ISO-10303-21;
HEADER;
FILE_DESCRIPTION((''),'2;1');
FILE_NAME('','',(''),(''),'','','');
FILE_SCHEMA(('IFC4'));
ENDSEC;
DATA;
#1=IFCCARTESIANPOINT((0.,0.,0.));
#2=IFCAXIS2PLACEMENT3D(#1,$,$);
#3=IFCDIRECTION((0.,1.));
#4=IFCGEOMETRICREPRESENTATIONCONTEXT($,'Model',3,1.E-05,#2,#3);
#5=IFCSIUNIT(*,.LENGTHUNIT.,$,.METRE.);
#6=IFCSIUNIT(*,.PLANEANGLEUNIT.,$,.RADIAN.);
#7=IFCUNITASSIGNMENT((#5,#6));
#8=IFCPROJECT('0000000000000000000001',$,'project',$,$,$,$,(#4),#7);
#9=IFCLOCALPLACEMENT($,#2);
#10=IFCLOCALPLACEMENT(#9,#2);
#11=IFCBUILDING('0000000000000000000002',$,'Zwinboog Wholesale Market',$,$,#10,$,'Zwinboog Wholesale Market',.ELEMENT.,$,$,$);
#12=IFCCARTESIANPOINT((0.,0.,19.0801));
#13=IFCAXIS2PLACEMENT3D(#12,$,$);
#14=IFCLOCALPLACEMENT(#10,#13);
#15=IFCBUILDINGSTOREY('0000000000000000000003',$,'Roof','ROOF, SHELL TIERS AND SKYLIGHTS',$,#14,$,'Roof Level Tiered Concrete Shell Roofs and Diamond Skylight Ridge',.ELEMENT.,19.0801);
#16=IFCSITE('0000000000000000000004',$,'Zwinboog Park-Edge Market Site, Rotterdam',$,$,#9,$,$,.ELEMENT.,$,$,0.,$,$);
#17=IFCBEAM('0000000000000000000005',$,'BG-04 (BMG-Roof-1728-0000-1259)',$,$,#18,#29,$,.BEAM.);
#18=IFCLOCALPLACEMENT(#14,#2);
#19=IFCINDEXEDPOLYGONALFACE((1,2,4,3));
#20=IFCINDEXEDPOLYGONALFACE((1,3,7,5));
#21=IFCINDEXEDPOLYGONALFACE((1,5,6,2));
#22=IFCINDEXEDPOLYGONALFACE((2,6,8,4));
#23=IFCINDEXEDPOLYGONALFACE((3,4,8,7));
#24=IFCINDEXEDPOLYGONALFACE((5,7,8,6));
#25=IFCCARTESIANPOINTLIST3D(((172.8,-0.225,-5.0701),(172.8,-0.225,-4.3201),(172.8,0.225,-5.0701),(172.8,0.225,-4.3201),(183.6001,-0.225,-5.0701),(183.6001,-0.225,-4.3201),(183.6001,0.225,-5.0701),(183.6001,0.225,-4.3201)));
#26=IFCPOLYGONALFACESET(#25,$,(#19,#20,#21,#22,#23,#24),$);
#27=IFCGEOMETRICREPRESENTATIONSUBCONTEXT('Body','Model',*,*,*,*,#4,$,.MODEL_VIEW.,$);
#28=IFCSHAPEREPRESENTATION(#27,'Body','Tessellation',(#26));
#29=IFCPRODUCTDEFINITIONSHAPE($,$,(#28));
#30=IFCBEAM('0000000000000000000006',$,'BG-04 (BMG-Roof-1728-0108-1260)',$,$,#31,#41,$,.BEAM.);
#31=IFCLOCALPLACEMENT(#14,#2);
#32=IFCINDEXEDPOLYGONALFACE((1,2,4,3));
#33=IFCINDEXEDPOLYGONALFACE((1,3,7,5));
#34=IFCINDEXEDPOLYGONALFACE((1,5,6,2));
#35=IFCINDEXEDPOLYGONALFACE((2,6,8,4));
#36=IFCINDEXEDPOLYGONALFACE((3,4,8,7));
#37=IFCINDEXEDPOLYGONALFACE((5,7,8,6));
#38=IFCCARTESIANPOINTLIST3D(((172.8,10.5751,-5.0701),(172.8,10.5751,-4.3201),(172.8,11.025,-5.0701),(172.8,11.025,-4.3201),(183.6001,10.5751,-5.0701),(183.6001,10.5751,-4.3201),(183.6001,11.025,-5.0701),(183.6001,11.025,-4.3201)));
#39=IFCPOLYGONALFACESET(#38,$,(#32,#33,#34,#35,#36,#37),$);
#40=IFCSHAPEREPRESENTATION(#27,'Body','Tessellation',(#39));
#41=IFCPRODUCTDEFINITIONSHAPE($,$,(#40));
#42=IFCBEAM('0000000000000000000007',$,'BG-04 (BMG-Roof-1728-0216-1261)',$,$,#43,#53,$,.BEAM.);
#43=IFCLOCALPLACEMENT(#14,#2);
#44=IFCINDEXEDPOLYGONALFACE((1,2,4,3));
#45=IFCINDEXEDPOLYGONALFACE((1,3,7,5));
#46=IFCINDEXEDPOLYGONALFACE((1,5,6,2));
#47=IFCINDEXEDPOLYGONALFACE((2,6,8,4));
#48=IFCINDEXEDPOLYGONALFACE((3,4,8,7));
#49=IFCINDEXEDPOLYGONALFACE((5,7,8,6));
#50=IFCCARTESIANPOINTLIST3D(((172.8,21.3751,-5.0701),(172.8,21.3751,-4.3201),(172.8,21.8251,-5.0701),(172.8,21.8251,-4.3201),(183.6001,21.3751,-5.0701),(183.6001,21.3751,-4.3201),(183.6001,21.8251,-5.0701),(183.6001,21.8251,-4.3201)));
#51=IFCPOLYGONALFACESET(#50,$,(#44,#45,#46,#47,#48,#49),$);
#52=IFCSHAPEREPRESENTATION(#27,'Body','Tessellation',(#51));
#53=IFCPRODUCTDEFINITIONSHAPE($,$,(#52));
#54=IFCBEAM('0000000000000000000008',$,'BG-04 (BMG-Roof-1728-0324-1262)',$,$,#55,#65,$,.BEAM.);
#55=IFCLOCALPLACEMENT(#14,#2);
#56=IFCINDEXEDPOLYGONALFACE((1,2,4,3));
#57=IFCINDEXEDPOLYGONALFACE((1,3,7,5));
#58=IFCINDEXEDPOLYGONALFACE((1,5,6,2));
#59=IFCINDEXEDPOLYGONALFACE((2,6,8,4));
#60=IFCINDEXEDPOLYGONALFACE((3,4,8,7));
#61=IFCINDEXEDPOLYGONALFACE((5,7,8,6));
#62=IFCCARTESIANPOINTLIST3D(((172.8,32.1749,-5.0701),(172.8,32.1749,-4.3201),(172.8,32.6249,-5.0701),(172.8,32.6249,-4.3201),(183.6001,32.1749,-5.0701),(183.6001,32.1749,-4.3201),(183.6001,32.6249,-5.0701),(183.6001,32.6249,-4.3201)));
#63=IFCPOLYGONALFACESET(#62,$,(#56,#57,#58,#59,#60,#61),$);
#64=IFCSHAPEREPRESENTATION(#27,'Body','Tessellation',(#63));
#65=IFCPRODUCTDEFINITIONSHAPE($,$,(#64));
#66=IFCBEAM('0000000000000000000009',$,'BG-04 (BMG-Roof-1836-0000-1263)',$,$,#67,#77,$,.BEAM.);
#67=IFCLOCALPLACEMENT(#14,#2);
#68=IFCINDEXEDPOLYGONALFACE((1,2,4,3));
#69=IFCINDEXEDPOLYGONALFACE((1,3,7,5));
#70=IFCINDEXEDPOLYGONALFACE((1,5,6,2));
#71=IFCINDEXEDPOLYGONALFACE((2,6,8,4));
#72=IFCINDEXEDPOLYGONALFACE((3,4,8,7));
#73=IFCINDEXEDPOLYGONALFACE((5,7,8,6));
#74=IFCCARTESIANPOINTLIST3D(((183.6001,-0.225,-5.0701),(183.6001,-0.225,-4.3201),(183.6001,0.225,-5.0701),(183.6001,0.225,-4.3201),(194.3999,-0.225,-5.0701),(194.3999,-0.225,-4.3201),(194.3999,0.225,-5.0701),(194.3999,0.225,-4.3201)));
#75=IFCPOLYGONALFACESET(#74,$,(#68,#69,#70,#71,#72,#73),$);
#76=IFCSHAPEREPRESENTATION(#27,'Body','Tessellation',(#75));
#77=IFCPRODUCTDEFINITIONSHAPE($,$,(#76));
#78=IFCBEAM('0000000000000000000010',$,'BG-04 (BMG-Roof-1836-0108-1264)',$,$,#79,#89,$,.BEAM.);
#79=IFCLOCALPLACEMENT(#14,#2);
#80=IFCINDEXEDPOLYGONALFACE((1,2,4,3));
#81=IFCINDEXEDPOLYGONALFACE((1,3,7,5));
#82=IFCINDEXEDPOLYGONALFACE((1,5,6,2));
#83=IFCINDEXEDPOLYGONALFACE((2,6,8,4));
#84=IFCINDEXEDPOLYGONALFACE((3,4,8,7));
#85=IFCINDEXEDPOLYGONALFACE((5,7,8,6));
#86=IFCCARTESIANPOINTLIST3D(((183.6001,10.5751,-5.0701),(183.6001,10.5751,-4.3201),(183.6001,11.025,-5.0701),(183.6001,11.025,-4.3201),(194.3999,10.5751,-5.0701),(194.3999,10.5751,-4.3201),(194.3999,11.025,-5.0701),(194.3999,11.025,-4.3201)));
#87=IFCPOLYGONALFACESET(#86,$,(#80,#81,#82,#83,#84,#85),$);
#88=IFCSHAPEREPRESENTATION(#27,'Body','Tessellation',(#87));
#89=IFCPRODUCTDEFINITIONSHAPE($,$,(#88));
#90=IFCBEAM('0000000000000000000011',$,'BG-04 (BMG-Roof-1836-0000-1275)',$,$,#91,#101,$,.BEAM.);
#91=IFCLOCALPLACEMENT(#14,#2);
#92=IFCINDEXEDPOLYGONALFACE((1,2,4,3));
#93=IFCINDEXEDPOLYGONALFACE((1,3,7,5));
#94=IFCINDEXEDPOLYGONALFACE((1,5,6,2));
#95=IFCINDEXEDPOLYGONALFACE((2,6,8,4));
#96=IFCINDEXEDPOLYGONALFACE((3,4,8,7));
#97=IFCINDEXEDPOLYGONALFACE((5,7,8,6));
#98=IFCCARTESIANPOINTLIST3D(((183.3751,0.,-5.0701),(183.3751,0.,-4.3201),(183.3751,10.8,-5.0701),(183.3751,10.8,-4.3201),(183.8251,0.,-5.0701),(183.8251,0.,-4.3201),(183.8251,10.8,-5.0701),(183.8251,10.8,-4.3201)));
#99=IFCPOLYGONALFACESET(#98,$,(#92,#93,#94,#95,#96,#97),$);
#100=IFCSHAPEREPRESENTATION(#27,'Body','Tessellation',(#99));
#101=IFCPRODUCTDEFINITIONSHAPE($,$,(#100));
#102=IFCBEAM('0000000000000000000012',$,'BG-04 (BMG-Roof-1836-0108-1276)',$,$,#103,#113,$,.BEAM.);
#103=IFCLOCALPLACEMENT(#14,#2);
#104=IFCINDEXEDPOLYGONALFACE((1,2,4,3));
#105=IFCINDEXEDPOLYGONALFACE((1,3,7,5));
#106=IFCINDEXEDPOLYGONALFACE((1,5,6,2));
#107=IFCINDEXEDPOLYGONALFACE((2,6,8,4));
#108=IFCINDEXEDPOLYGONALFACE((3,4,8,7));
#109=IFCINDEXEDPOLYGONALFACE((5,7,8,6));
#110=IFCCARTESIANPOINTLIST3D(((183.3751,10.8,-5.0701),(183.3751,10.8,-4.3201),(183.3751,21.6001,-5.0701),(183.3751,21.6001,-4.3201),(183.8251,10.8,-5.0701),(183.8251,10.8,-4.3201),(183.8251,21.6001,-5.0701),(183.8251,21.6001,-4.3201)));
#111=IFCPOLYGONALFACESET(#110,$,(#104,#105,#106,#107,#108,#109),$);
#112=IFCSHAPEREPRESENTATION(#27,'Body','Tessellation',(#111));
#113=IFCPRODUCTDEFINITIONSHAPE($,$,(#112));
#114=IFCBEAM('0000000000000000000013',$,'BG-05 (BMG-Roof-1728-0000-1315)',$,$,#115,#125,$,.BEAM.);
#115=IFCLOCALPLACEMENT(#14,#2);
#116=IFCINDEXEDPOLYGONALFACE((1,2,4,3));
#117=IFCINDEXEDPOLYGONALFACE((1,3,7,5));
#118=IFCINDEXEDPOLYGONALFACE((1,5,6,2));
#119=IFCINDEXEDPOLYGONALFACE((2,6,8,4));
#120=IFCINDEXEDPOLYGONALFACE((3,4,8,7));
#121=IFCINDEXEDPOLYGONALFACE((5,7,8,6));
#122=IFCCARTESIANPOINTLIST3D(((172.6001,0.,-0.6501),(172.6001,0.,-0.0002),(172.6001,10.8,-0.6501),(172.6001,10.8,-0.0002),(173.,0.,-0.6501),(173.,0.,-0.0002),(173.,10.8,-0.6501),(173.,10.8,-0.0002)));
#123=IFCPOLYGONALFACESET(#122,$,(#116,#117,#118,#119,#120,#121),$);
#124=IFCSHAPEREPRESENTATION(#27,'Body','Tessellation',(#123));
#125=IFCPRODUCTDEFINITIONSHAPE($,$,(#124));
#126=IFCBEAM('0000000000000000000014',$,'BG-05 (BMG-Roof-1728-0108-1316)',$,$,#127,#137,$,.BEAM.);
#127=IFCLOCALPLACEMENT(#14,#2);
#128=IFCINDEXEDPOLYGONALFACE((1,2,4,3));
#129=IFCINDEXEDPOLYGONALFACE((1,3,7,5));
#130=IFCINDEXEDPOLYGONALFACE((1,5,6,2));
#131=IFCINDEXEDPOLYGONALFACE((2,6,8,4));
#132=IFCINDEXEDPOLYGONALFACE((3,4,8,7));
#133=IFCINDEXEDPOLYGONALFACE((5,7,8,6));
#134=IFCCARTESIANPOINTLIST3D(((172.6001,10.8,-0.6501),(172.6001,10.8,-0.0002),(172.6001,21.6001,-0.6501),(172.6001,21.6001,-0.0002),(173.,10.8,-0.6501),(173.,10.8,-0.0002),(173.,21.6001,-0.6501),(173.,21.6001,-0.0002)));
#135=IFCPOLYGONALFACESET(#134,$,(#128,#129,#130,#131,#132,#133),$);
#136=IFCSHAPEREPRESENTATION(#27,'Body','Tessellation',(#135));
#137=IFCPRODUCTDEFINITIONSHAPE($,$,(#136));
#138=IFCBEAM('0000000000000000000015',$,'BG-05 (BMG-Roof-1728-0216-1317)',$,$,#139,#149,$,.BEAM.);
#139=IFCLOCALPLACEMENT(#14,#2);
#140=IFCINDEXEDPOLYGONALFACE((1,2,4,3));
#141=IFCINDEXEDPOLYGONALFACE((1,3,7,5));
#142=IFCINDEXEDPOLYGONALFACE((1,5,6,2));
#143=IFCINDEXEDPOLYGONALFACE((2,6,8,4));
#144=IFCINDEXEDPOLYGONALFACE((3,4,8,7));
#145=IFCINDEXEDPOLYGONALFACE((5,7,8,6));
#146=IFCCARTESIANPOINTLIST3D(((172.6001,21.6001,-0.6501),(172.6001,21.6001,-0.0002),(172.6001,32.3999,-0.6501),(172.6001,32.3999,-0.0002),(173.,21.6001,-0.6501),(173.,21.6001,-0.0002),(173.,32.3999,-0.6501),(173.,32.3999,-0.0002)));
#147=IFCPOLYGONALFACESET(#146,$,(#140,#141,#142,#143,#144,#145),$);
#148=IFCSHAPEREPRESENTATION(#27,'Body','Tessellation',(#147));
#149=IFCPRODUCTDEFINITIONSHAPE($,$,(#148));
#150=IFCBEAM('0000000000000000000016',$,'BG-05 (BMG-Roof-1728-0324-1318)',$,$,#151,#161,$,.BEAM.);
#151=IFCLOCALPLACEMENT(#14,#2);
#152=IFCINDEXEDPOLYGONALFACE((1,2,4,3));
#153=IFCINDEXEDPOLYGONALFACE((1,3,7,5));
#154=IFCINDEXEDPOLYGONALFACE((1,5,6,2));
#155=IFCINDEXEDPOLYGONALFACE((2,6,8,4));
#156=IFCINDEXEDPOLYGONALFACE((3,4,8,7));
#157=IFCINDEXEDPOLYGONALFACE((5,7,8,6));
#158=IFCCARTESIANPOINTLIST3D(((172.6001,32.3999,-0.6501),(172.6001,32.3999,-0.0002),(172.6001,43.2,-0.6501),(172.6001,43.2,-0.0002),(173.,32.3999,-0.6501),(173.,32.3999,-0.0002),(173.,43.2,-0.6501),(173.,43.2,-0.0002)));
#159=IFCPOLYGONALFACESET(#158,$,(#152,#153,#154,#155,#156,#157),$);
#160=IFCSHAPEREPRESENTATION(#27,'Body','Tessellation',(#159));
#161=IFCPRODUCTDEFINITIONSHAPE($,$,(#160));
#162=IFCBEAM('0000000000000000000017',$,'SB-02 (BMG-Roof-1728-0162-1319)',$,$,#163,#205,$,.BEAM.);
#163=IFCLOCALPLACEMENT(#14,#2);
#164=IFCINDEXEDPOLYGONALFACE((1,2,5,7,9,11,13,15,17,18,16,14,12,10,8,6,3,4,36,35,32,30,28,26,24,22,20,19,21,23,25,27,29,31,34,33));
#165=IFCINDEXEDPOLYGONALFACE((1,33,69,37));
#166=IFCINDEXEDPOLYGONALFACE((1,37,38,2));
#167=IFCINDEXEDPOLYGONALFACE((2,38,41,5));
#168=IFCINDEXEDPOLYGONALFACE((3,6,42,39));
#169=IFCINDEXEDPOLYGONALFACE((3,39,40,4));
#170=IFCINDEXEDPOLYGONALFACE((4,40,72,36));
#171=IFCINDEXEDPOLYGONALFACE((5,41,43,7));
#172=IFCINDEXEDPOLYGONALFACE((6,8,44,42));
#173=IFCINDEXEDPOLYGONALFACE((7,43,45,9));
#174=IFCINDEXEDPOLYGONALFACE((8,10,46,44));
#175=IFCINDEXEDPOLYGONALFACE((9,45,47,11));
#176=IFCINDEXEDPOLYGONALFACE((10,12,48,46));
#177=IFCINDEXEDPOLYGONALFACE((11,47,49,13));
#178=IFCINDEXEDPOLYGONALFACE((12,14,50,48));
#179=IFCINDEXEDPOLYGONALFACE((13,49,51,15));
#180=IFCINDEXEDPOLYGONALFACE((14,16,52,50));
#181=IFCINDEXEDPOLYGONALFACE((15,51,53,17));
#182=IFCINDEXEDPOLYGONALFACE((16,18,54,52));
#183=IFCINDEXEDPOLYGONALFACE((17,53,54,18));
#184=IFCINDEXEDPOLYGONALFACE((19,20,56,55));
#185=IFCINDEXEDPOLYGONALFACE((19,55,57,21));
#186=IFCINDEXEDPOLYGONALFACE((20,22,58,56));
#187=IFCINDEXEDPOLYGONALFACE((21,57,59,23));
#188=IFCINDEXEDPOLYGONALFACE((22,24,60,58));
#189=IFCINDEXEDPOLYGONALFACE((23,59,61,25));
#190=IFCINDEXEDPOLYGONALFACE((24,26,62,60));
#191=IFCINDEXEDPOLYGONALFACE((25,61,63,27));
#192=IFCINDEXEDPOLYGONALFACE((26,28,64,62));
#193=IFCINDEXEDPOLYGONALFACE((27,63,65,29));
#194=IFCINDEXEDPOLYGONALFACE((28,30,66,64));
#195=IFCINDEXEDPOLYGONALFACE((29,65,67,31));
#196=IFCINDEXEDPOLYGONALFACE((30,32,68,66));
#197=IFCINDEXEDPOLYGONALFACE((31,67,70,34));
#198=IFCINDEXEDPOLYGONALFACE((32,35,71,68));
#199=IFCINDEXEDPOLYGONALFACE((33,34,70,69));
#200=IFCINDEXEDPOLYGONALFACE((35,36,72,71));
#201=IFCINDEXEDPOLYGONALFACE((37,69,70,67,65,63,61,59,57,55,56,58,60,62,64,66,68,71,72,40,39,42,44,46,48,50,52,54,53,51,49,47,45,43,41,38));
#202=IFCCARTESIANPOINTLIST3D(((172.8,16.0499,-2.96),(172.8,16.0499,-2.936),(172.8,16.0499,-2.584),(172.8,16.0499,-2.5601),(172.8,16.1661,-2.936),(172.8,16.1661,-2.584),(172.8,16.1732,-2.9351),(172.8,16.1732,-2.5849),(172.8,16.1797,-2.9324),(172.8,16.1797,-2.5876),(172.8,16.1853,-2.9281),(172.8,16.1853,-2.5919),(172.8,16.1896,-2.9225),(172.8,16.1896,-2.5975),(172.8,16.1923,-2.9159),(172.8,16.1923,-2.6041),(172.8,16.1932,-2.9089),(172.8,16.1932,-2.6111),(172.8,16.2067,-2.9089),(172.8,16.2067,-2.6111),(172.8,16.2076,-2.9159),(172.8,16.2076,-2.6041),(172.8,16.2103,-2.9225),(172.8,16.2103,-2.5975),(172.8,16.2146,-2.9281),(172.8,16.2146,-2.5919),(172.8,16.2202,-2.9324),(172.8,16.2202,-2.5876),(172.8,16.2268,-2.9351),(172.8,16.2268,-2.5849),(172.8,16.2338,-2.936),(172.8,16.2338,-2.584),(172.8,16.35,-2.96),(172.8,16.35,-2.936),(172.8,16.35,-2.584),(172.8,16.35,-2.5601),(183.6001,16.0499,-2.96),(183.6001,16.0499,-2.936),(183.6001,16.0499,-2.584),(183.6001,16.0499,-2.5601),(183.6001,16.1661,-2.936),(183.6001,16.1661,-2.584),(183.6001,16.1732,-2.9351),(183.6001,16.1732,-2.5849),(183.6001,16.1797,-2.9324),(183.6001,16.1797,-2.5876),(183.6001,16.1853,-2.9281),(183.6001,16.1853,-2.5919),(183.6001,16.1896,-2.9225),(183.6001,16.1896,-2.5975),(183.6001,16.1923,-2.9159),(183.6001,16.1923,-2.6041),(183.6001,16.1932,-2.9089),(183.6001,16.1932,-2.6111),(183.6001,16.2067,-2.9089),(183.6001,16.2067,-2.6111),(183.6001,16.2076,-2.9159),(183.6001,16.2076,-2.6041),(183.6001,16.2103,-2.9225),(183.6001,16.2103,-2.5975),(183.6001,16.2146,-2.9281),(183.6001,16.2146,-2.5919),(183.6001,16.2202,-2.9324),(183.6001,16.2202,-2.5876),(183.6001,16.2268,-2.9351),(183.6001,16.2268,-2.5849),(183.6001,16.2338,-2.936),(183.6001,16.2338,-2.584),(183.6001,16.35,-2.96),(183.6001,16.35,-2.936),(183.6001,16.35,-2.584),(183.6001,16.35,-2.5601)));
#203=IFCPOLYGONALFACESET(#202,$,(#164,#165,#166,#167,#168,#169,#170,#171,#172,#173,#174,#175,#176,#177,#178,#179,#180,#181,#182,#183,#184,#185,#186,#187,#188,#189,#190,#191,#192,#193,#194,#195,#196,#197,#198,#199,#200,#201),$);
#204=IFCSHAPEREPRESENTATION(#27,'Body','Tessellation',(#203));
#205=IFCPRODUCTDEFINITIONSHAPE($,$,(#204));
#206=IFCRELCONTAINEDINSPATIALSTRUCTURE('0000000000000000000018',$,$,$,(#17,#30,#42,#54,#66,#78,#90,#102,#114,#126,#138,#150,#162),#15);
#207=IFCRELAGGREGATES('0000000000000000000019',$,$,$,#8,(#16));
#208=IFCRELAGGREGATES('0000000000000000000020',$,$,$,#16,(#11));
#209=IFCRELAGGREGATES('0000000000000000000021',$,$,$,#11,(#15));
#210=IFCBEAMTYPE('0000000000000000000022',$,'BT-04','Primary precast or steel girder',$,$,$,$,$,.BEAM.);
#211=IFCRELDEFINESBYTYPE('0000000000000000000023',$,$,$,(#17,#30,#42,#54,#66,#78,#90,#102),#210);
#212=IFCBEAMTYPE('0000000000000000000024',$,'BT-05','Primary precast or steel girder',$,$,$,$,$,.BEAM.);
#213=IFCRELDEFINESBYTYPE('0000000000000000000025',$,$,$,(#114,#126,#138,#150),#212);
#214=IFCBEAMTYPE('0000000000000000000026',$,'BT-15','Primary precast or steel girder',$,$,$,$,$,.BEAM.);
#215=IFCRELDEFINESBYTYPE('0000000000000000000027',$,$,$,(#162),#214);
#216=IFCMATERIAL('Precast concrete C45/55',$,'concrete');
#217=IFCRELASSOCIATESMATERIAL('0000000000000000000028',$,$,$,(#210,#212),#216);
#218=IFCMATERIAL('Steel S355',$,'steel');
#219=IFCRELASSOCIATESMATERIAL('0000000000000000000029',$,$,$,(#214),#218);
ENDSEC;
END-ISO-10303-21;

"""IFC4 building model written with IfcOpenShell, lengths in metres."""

from ifc_helpers import new_model, si_unit, direction, frame, origin, origin_2d, place, context, subcontext, project, spatial, rectangle, i_section, extrude, material, material_profile, profile_set, type_object, element, save


model = new_model("IFC4")

# Units and contexts
model_context = context("Model", 3, precision=1e-05, world=origin(), true_north=direction((0.0, 1.0)))
body_context = subcontext(model_context, "Body", "Model", "MODEL_VIEW")
ifc_project = project(units=[si_unit("LENGTHUNIT", "METRE"), si_unit("PLANEANGLEUNIT", "RADIAN")], contexts=[model_context])

# Site, building, storey
site_placement = place(None, origin())
site = spatial("IfcSite", under=ifc_project, at=site_placement, Name="Zwinboog Park-Edge Market Site, Rotterdam", CompositionType="ELEMENT", RefElevation=0.0)
building_placement = place(site_placement, origin())
building = spatial("IfcBuilding", under=site, at=building_placement, Name="Zwinboog Wholesale Market", LongName="Zwinboog Wholesale Market", CompositionType="ELEMENT")
storey_placement = place(building_placement, frame((0.0, 0.0, 19.0801)))
storey = spatial("IfcBuildingStorey", under=building, at=storey_placement, Name="Roof", Description="ROOF, SHELL TIERS AND SKYLIGHTS", LongName="Roof Level Tiered Concrete Shell Roofs and Diamond Skylight Ridge", CompositionType="ELEMENT", Elevation=19.0801)

# Beams
ifc_material_1 = material(Name="Precast concrete C45/55", Category="concrete")
ifc_material_profile_1 = material_profile(ifc_material_1, rectangle(XDim=0.45, YDim=0.75, at=origin_2d()), Name="PC 450x750")
ifc_profile_set_1 = profile_set([ifc_material_profile_1], Name="Precast concrete C45/55")
beam_type_1 = type_object("IfcBeamType", Name="BT-04", Description="Primary precast or steel girder", PredefinedType="BEAM", material=ifc_profile_set_1)
for number, where, z_axis, x_axis, name in (
    (1, (172.8, 0.0, -4.6951), (1.0, 0.0, 0.0), (0.0, 1.0, 0.0), "BG-04 (BMG-Roof-1728-0000-1259)"),
    (2, (172.8, 10.8, -4.6951), (1.0, 0.0, 0.0), (0.0, 1.0, 0.0), "BG-04 (BMG-Roof-1728-0108-1260)"),
    (3, (172.8, 21.6001, -4.6951), (1.0, 0.0, 0.0), (0.0, 1.0, 0.0), "BG-04 (BMG-Roof-1728-0216-1261)"),
    (4, (172.8, 32.3999, -4.6951), (1.0, 0.0, 0.0), (0.0, 1.0, 0.0), "BG-04 (BMG-Roof-1728-0324-1262)"),
):
    element("IfcBeam", number, at=place(storey_placement, frame(where, z_axis=z_axis, x_axis=x_axis)), inside=storey, type_object=beam_type_1, Name=name, PredefinedType="BEAM", context=body_context, shape_type="SweptSolid", body=[
        extrude(rectangle(XDim=0.45, YDim=0.75, at=origin_2d()), origin(), (0.0, 0.0, 1.0), 10.8),
    ])
for number, where, z_axis, x_axis, name in (
    (5, (183.6001, 0.0, -4.6951), (1.0, 0.0, 0.0), (0.0, 1.0, 0.0), "BG-04 (BMG-Roof-1836-0000-1263)"),
    (6, (183.6001, 10.8, -4.6951), (1.0, 0.0, 0.0), (0.0, 1.0, 0.0), "BG-04 (BMG-Roof-1836-0108-1264)"),
):
    element("IfcBeam", number, at=place(storey_placement, frame(where, z_axis=z_axis, x_axis=x_axis)), inside=storey, type_object=beam_type_1, Name=name, PredefinedType="BEAM", context=body_context, shape_type="SweptSolid", body=[
        extrude(rectangle(XDim=0.45, YDim=0.75, at=origin_2d()), origin(), (0.0, 0.0, 1.0), 10.7998),
    ])
for number, where, z_axis, x_axis, name in (
    (7, (183.6001, 0.0, -4.6951), (0.0, 1.0, 0.0), (-1.0, 0.0, 0.0), "BG-04 (BMG-Roof-1836-0000-1275)"),
    (8, (183.6001, 10.8, -4.6951), (0.0, 1.0, 0.0), (-1.0, 0.0, 0.0), "BG-04 (BMG-Roof-1836-0108-1276)"),
):
    element("IfcBeam", number, at=place(storey_placement, frame(where, z_axis=z_axis, x_axis=x_axis)), inside=storey, type_object=beam_type_1, Name=name, PredefinedType="BEAM", context=body_context, shape_type="SweptSolid", body=[
        extrude(rectangle(XDim=0.45, YDim=0.75, at=origin_2d()), origin(), (0.0, 0.0, 1.0), 10.8),
    ])
ifc_material_profile_2 = material_profile(ifc_material_1, rectangle(XDim=0.3999, YDim=0.6499, at=origin_2d()), Name="PC 400x650")
ifc_profile_set_2 = profile_set([ifc_material_profile_2], Name="Precast concrete C45/55")
beam_type_2 = type_object("IfcBeamType", Name="BT-05", Description="Primary precast or steel girder", PredefinedType="BEAM", material=ifc_profile_set_2)
for number, where, z_axis, x_axis, name in (
    (9, (172.8, 0.0, -0.3252), (0.0, 1.0, 0.0), (-1.0, 0.0, 0.0), "BG-05 (BMG-Roof-1728-0000-1315)"),
    (10, (172.8, 10.8, -0.3252), (0.0, 1.0, 0.0), (-1.0, 0.0, 0.0), "BG-05 (BMG-Roof-1728-0108-1316)"),
):
    element("IfcBeam", number, at=place(storey_placement, frame(where, z_axis=z_axis, x_axis=x_axis)), inside=storey, type_object=beam_type_2, Name=name, PredefinedType="BEAM", context=body_context, shape_type="SweptSolid", body=[
        extrude(rectangle(XDim=0.3999, YDim=0.6499, at=origin_2d()), origin(), (0.0, 0.0, 1.0), 10.8),
    ])
beam_1_placement = place(storey_placement, frame((172.8, 21.6001, -0.3252), z_axis=(0.0, 1.0, 0.0), x_axis=(-1.0, 0.0, 0.0)))
element("IfcBeam", 11, at=beam_1_placement, inside=storey, type_object=beam_type_2, Name="BG-05 (BMG-Roof-1728-0216-1317)", PredefinedType="BEAM", context=body_context, shape_type="SweptSolid", body=[
    extrude(rectangle(XDim=0.3999, YDim=0.6499, at=origin_2d()), origin(), (0.0, 0.0, 1.0), 10.7998),
])
beam_2_placement = place(storey_placement, frame((172.8, 32.3999, -0.3252), z_axis=(0.0, 1.0, 0.0), x_axis=(-1.0, 0.0, 0.0)))
element("IfcBeam", 12, at=beam_2_placement, inside=storey, type_object=beam_type_2, Name="BG-05 (BMG-Roof-1728-0324-1318)", PredefinedType="BEAM", context=body_context, shape_type="SweptSolid", body=[
    extrude(rectangle(XDim=0.3999, YDim=0.6499, at=origin_2d()), origin(), (0.0, 0.0, 1.0), 10.8),
])
ifc_material_2 = material(Name="Steel S355", Category="steel")
ifc_material_profile_3 = material_profile(ifc_material_2, i_section(OverallWidth=0.3, OverallDepth=0.3999, WebThickness=0.0134, FlangeThickness=0.0239, FilletRadius=0.0271, at=origin_2d()), Name="HEB 400")
ifc_profile_set_3 = profile_set([ifc_material_profile_3], Name="Steel S355")
beam_type_3 = type_object("IfcBeamType", Name="BT-15", Description="Primary precast or steel girder", PredefinedType="BEAM", material=ifc_profile_set_3)
beam_3_placement = place(storey_placement, frame((172.8, 16.2, -2.76), z_axis=(1.0, 0.0, 0.0), x_axis=(0.0, 1.0, 0.0)))
element("IfcBeam", 13, at=beam_3_placement, inside=storey, type_object=beam_type_3, Name="SB-02 (BMG-Roof-1728-0162-1319)", PredefinedType="BEAM", context=body_context, shape_type="SweptSolid", body=[
    extrude(i_section(OverallWidth=0.3, OverallDepth=0.3999, WebThickness=0.0134, FlangeThickness=0.0239, FilletRadius=0.0271, at=origin_2d()), origin(), (0.0, 0.0, 1.0), 10.8),
])

save(model, "model.ifc")
